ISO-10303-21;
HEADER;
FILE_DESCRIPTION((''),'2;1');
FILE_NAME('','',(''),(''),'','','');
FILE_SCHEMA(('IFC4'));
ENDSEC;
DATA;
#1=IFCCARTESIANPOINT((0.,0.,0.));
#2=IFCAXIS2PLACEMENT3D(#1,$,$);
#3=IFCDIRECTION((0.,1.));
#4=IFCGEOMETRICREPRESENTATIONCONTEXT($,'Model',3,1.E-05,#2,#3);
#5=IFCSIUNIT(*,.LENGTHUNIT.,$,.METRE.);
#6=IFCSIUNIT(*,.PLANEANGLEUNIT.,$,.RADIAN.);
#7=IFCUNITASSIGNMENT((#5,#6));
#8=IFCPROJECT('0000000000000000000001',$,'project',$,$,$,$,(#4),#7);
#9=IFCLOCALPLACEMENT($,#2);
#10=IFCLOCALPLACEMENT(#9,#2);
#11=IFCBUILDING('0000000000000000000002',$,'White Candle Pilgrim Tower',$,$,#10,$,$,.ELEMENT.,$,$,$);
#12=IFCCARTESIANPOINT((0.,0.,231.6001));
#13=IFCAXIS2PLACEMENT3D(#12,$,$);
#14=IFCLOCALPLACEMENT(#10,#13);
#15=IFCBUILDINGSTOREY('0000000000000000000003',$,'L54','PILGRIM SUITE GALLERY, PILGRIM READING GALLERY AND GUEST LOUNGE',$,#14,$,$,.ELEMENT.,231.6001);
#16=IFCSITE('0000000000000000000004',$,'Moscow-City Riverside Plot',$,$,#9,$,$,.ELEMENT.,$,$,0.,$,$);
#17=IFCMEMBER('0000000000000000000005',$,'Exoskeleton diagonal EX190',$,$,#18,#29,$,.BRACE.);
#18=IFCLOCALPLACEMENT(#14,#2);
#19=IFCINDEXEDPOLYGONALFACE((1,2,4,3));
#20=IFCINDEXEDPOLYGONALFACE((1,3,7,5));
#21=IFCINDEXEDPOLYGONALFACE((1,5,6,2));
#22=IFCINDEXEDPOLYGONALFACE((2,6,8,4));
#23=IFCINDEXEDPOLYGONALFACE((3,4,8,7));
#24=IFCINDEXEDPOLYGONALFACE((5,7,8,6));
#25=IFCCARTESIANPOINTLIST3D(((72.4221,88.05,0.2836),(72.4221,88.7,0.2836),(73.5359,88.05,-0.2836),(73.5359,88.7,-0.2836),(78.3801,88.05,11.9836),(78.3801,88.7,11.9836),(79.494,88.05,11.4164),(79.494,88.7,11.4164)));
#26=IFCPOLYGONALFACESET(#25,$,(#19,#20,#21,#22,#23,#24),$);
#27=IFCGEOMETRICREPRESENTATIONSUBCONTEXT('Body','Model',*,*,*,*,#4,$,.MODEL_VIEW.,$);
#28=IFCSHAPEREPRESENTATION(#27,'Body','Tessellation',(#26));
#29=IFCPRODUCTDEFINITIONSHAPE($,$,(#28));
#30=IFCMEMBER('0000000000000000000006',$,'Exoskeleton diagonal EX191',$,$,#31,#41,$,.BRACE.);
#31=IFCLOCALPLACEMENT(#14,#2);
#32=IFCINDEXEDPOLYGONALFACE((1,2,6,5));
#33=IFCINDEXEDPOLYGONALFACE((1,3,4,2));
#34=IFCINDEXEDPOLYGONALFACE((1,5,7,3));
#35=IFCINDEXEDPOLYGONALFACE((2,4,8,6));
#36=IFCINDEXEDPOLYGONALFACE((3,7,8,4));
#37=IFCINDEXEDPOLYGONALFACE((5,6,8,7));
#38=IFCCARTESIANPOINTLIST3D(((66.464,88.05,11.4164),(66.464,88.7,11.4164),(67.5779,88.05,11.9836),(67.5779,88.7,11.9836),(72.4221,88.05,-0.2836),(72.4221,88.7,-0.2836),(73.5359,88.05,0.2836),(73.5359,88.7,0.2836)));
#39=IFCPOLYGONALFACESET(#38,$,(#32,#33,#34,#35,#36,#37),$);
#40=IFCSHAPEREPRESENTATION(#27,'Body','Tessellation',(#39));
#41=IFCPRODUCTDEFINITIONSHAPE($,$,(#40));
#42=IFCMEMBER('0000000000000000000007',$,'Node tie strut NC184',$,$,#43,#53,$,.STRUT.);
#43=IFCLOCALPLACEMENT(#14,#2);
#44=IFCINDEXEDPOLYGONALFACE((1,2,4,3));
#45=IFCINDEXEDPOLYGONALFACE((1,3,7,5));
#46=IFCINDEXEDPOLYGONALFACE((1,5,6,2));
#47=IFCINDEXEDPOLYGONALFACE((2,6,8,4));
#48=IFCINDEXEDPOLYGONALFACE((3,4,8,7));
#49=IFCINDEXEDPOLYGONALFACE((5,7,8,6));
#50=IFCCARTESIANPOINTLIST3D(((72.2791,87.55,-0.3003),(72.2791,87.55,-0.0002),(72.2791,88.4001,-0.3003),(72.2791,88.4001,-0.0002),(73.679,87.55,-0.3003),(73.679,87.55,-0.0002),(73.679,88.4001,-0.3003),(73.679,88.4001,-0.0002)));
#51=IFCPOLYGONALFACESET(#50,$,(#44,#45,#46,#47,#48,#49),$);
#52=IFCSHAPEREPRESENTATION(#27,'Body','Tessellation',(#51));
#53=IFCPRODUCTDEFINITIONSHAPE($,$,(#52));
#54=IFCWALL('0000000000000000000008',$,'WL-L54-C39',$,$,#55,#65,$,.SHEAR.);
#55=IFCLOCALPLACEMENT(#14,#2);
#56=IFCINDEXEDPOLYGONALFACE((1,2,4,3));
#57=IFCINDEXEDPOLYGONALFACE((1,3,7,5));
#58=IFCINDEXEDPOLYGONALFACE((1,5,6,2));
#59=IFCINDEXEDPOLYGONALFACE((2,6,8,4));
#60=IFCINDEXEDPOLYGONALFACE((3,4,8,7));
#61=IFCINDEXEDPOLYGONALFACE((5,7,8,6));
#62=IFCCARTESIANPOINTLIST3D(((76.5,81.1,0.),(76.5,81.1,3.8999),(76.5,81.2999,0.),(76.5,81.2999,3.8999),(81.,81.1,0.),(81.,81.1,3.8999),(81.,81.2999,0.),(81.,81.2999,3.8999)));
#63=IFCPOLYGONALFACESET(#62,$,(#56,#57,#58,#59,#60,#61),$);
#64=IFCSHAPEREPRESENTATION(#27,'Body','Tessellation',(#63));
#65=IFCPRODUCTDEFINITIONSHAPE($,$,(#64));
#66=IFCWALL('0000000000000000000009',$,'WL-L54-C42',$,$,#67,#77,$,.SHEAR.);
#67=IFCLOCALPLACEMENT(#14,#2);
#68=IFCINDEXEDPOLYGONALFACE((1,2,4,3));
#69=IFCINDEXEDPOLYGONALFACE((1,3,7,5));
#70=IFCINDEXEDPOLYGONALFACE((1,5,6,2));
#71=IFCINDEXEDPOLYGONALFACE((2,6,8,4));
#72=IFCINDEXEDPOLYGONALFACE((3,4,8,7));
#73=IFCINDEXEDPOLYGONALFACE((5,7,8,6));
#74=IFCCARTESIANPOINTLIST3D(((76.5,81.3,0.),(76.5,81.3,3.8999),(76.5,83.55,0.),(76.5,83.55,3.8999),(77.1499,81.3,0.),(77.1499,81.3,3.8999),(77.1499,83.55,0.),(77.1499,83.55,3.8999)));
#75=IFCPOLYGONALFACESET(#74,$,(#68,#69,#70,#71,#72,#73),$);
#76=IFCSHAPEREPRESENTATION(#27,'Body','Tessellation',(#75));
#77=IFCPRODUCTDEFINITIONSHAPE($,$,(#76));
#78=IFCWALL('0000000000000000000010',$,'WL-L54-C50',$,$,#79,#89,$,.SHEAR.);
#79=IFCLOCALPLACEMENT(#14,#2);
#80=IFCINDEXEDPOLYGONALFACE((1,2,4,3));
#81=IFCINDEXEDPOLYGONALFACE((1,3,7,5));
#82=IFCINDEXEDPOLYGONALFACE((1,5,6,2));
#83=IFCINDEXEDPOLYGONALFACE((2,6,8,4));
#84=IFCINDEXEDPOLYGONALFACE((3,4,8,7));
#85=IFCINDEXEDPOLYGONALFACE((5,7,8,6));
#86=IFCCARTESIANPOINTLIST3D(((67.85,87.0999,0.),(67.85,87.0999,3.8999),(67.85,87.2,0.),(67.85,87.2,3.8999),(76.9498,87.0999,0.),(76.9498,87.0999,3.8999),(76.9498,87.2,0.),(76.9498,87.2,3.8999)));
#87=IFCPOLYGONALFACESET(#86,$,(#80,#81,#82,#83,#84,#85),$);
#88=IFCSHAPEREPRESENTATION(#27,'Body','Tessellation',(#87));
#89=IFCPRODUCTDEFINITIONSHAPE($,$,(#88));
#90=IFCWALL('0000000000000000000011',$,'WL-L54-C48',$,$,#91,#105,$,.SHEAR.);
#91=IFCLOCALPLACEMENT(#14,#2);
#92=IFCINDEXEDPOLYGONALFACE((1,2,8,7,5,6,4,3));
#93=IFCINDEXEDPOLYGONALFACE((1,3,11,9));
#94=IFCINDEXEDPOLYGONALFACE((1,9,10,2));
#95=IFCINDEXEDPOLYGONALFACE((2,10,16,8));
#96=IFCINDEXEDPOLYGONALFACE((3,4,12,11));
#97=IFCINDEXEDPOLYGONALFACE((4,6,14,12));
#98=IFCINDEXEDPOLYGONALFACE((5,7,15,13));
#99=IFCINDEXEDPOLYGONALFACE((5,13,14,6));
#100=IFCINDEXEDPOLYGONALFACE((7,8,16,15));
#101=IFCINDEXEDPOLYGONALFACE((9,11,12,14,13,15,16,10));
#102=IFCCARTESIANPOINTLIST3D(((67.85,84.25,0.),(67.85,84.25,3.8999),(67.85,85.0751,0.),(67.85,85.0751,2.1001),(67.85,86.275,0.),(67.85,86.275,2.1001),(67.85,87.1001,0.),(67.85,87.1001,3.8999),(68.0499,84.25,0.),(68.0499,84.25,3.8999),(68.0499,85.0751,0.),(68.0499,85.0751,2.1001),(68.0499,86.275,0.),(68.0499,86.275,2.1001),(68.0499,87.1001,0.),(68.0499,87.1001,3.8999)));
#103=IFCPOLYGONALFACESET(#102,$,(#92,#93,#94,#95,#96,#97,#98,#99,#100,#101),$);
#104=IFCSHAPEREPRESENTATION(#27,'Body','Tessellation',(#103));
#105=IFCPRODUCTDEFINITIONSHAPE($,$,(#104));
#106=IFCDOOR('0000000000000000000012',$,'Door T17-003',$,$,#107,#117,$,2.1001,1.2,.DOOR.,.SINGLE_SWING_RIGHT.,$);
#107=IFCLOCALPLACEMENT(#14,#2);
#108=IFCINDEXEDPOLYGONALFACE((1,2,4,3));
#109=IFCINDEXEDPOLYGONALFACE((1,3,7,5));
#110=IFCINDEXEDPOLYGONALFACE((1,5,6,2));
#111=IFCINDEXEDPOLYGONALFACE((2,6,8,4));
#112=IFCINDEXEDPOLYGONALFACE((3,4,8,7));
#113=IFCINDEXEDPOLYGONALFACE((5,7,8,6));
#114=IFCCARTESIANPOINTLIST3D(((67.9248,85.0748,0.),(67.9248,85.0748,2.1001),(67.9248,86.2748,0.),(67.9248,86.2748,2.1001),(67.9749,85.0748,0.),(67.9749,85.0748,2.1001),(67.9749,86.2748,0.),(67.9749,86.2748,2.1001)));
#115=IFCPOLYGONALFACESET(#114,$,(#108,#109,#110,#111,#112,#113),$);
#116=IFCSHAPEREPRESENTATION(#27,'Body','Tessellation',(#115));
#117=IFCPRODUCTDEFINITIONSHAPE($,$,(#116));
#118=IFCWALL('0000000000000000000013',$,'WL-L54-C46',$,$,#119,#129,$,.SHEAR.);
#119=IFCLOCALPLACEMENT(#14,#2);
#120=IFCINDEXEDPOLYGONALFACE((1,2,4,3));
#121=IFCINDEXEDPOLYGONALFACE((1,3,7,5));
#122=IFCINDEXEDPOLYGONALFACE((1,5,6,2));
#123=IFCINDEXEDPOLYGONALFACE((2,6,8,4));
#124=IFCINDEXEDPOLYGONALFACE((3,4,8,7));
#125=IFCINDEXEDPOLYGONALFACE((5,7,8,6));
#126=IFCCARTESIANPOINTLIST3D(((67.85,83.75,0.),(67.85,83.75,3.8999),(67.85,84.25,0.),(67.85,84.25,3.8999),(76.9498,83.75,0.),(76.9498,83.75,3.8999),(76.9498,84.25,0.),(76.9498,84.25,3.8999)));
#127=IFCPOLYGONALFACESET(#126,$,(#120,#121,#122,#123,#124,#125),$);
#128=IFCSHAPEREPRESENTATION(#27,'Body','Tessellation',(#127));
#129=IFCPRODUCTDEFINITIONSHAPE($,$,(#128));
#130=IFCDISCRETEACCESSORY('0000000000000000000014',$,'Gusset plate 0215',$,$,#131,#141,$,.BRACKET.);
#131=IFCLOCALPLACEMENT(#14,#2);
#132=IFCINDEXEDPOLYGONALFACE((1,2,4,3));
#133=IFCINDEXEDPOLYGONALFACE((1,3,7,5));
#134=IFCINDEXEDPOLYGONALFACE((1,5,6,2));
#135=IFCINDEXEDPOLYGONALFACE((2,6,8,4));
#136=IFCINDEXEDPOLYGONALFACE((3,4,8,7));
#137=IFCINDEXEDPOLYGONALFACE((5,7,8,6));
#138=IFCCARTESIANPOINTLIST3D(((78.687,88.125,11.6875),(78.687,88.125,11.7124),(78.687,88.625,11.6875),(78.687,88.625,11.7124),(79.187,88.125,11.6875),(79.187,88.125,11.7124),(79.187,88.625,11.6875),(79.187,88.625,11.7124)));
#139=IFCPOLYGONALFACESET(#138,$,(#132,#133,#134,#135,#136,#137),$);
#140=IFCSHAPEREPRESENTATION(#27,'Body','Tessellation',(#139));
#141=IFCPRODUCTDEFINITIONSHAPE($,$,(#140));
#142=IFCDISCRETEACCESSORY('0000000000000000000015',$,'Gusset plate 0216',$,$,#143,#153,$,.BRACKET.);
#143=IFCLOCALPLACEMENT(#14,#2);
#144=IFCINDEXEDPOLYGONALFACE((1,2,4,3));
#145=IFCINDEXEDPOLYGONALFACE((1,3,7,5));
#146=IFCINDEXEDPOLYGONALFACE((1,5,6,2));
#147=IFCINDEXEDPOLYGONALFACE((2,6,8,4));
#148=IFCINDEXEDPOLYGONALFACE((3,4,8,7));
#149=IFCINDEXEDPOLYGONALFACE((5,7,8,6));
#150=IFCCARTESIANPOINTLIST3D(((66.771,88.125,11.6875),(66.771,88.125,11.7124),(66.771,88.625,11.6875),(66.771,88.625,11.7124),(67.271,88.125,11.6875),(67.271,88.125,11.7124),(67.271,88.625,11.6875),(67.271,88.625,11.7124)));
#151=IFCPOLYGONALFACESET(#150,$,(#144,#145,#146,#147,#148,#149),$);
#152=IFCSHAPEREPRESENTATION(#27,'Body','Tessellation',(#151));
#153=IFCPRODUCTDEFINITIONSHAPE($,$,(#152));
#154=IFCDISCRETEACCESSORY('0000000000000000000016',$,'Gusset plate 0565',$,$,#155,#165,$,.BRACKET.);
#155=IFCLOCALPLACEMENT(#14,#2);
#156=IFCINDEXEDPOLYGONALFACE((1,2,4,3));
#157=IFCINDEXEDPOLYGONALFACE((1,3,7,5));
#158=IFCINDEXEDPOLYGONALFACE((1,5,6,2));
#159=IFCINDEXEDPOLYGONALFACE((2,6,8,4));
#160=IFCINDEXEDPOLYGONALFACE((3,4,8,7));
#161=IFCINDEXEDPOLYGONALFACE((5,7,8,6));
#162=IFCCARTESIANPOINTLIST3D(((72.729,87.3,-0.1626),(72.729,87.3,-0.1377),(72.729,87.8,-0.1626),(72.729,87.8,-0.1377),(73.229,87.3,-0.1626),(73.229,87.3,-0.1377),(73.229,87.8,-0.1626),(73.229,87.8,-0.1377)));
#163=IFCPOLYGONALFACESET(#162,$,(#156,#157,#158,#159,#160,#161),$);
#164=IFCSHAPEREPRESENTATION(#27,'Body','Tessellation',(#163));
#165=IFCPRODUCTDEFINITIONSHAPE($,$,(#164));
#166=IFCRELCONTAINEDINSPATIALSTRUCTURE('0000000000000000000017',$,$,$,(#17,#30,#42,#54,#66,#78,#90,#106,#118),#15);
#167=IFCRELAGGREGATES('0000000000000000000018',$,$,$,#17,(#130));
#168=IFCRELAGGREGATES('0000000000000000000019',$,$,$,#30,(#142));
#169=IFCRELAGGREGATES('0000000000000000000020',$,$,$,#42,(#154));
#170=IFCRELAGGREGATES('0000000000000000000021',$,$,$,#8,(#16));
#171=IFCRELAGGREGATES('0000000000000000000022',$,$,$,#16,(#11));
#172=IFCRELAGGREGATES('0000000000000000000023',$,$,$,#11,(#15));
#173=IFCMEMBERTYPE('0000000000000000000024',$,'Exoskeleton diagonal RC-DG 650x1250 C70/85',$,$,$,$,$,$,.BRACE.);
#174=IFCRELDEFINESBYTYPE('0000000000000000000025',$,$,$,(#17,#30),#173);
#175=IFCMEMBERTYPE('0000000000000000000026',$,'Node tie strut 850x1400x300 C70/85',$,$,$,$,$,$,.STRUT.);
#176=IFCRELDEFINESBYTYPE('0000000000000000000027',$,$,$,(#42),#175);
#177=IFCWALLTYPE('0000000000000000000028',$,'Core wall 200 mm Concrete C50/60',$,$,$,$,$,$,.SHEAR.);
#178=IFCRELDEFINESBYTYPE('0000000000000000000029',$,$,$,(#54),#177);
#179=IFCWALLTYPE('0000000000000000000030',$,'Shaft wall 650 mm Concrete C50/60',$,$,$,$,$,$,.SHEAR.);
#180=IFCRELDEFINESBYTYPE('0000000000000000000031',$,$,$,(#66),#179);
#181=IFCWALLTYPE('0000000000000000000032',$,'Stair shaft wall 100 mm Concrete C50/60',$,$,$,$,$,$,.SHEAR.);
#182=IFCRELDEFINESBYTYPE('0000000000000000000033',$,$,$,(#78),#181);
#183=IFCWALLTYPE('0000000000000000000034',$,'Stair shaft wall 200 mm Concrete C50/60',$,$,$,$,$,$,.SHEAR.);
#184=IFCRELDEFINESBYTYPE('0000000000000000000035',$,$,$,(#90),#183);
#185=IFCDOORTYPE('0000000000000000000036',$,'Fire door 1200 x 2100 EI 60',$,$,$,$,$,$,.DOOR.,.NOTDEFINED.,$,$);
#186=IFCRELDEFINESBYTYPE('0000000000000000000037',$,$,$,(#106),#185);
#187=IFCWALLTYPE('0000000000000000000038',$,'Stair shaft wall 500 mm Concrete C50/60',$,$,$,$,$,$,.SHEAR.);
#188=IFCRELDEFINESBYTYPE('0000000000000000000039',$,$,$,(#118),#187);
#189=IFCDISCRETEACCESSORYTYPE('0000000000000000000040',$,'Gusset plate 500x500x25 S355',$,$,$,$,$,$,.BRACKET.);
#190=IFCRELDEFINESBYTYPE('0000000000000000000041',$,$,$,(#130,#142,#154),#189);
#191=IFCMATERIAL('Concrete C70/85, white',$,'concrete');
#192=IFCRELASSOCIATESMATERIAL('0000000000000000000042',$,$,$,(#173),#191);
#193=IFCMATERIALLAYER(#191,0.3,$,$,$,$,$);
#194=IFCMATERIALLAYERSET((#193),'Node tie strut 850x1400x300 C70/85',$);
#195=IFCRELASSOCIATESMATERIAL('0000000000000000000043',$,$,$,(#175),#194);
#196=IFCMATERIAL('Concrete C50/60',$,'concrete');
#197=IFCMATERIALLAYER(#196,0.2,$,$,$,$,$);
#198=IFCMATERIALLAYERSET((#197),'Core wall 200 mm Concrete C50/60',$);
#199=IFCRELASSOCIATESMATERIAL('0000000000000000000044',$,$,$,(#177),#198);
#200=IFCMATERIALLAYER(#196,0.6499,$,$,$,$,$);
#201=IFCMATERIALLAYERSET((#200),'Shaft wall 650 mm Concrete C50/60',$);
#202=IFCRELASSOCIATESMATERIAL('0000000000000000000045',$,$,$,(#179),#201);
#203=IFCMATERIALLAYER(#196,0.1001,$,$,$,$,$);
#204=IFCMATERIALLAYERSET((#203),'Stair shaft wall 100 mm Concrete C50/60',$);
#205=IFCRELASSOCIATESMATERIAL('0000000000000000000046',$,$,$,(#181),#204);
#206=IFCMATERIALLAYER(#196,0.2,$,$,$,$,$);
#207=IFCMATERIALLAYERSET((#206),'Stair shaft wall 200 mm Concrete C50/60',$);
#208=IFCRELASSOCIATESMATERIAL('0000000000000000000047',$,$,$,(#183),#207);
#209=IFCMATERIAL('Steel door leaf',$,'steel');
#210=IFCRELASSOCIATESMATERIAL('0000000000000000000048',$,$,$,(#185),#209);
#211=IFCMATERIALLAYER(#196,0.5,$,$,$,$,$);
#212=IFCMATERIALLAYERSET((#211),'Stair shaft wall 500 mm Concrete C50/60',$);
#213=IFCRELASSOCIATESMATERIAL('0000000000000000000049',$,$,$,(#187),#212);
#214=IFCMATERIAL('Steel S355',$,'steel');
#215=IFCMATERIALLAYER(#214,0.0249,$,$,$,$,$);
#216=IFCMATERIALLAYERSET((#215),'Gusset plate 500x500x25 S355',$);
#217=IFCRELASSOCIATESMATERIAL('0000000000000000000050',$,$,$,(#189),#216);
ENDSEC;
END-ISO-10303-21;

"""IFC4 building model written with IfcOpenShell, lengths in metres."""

from ifc_helpers import new_model, si_unit, direction, frame, frame_2d, origin, origin_2d, place, context, subcontext, project, spatial, rectangle, extrude, material, layer, layer_set, material_profile, profile_set, type_object, element, fill, aggregate, save


model = new_model("IFC4")

# Units and contexts
model_context = context("Model", 3, precision=1e-05, world=origin(), true_north=direction((0.0, 1.0)))
body_context = subcontext(model_context, "Body", "Model", "MODEL_VIEW")
ifc_project = project(units=[si_unit("LENGTHUNIT", "METRE"), si_unit("PLANEANGLEUNIT", "RADIAN")], contexts=[model_context])

# Site, building, storey
site_placement = place(None, origin())
site = spatial("IfcSite", under=ifc_project, at=site_placement, Name="Moscow-City Riverside Plot", CompositionType="ELEMENT", RefElevation=0.0)
building_placement = place(site_placement, origin())
building = spatial("IfcBuilding", under=site, at=building_placement, Name="White Candle Pilgrim Tower", CompositionType="ELEMENT")
storey_placement = place(building_placement, frame((0.0, 0.0, 231.6001)))
storey = spatial("IfcBuildingStorey", under=building, at=storey_placement, Name="L54", Description="PILGRIM SUITE GALLERY, PILGRIM READING GALLERY AND GUEST LOUNGE", CompositionType="ELEMENT", Elevation=231.6001)

# Members
ifc_material_1 = material(Name="Concrete C70/85, white", Category="concrete")
ifc_material_profile = material_profile(ifc_material_1, rectangle(XDim=0.6499, YDim=1.25, at=origin_2d()), Name="RC-DG 650x1250")
ifc_profile_set = profile_set([ifc_material_profile], Name="Concrete C70/85, white")
member_type_1 = type_object("IfcMemberType", Name="Exoskeleton diagonal RC-DG 650x1250 C70/85", PredefinedType="BRACE", material=ifc_profile_set)
member_1_placement = place(storey_placement, frame((72.979, 88.375, 0.0), z_axis=(0.453784, 0.0, 0.891112), x_axis=(0.0, 1.0, 0.0)))
member_1 = element("IfcMember", 1, at=member_1_placement, inside=storey, type_object=member_type_1, Name="Exoskeleton diagonal EX190", PredefinedType="BRACE", context=body_context, shape_type="SweptSolid", body=[
    extrude(rectangle(XDim=0.6499, YDim=1.25, at=origin_2d()), origin(), (0.0, 0.0, 1.0), 13.1296),
])
member_2_placement = place(storey_placement, frame((72.979, 88.375, 0.0), z_axis=(-0.453784, 0.0, 0.891112), x_axis=(0.0, -1.0, 0.0)))
member_2 = element("IfcMember", 2, at=member_2_placement, inside=storey, type_object=member_type_1, Name="Exoskeleton diagonal EX191", PredefinedType="BRACE", context=body_context, shape_type="SweptSolid", body=[
    extrude(rectangle(XDim=0.6499, YDim=1.25, at=origin_2d()), origin(), (0.0, 0.0, 1.0), 13.1296),
])
ifc_layer_1 = layer(ifc_material_1, 0.3)
ifc_layer_set_1 = layer_set([ifc_layer_1], Name="Node tie strut 850x1400x300 C70/85")
member_type_2 = type_object("IfcMemberType", Name="Node tie strut 850x1400x300 C70/85", PredefinedType="STRUT", material=ifc_layer_set_1)
member_3_placement = place(storey_placement, frame((72.979, 87.9751, -0.3003), z_axis=(0.0, 0.0, 1.0), x_axis=(-1.0, 0.0, 0.0)))
member_3 = element("IfcMember", 3, at=member_3_placement, inside=storey, type_object=member_type_2, Name="Node tie strut NC184", PredefinedType="STRUT", context=body_context, shape_type="SweptSolid", body=[
    extrude(rectangle(XDim=1.3999, YDim=0.8501, at=origin_2d()), origin(), (0.0, 0.0, 1.0), 0.3),
])

# Walls
ifc_material_2 = material(Name="Concrete C50/60", Category="concrete")
ifc_layer_2 = layer(ifc_material_2, 0.2)
ifc_layer_set_2 = layer_set([ifc_layer_2], Name="Core wall 200 mm Concrete C50/60")
wall_type_1 = type_object("IfcWallType", Name="Core wall 200 mm Concrete C50/60", PredefinedType="SHEAR", material=ifc_layer_set_2)
wall_1_placement = place(storey_placement, frame((76.5, 81.2, 0.0), z_axis=(0.0, 0.0, 1.0), x_axis=(1.0, 0.0, 0.0)))
element("IfcWall", 4, at=wall_1_placement, inside=storey, type_object=wall_type_1, Name="WL-L54-C39", PredefinedType="SHEAR", context=body_context, shape_type="SweptSolid", body=[
    extrude(rectangle(XDim=4.5, YDim=0.2, at=frame_2d((2.25, 0.0))), origin(), (0.0, 0.0, 1.0), 3.8999),
])
ifc_layer_3 = layer(ifc_material_2, 0.6499)
ifc_layer_set_3 = layer_set([ifc_layer_3], Name="Shaft wall 650 mm Concrete C50/60")
wall_type_2 = type_object("IfcWallType", Name="Shaft wall 650 mm Concrete C50/60", PredefinedType="SHEAR", material=ifc_layer_set_3)
wall_2_placement = place(storey_placement, frame((76.825, 81.3, 0.0), z_axis=(0.0, 0.0, 1.0), x_axis=(0.0, 1.0, 0.0)))
element("IfcWall", 5, at=wall_2_placement, inside=storey, type_object=wall_type_2, Name="WL-L54-C42", PredefinedType="SHEAR", context=body_context, shape_type="SweptSolid", body=[
    extrude(rectangle(XDim=2.25, YDim=0.6499, at=frame_2d((1.125, 0.0))), origin(), (0.0, 0.0, 1.0), 3.8999),
])
ifc_layer_4 = layer(ifc_material_2, 0.1001)
ifc_layer_set_4 = layer_set([ifc_layer_4], Name="Stair shaft wall 100 mm Concrete C50/60")
wall_type_3 = type_object("IfcWallType", Name="Stair shaft wall 100 mm Concrete C50/60", PredefinedType="SHEAR", material=ifc_layer_set_4)
wall_3_placement = place(storey_placement, frame((67.8501, 87.1499, 0.0), z_axis=(0.0, 0.0, 1.0), x_axis=(1.0, 0.0, 0.0)))
element("IfcWall", 6, at=wall_3_placement, inside=storey, type_object=wall_type_3, Name="WL-L54-C50", PredefinedType="SHEAR", context=body_context, shape_type="SweptSolid", body=[
    extrude(rectangle(XDim=9.0999, YDim=0.1001, at=frame_2d((4.5498, 0.0))), origin(), (0.0, 0.0, 1.0), 3.8999),
])

# Wall, opening, door
ifc_layer_5 = layer(ifc_material_2, 0.2)
ifc_layer_set_5 = layer_set([ifc_layer_5], Name="Stair shaft wall 200 mm Concrete C50/60")
wall_type_4 = type_object("IfcWallType", Name="Stair shaft wall 200 mm Concrete C50/60", PredefinedType="SHEAR", material=ifc_layer_set_5)
wall_4_placement = place(storey_placement, frame((67.95, 84.25, 0.0), z_axis=(0.0, 0.0, 1.0), x_axis=(0.0, 1.0, 0.0)))
wall_4 = element("IfcWall", 7, at=wall_4_placement, inside=storey, type_object=wall_type_4, Name="WL-L54-C48", PredefinedType="SHEAR", context=body_context, shape_type="SweptSolid", body=[
    extrude(rectangle(XDim=2.8501, YDim=0.2, at=frame_2d((1.425, 0.0))), origin(), (0.0, 0.0, 1.0), 3.8999),
])
opening_placement = place(wall_4_placement, frame((0.825, 0.0, 0.0)))
opening = element("IfcOpeningElement", 8, at=opening_placement, cuts=wall_4, PredefinedType="OPENING", context=body_context, shape_type="SweptSolid", body=[
    extrude(rectangle(XDim=1.2, YDim=2.1001, at=frame_2d((0.6001, 1.05))), frame((0.0, 0.1099, 0.0), z_axis=(0.0, -1.0, 0.0), x_axis=(1.0, 0.0, 0.0)), (0.0, 0.0, 1.0), 0.22),
])
ifc_material_3 = material(Name="Steel door leaf", Category="steel")
door_type = type_object("IfcDoorType", Name="Fire door 1200 x 2100 EI 60", OperationType="NOTDEFINED", PredefinedType="DOOR", material=ifc_material_3)
door_placement = place(opening_placement, frame((1.2, 0.0, 0.0), z_axis=(0.0, 0.0, 1.0), x_axis=(-1.0, 0.0, 0.0)))
door = element("IfcDoor", 9, at=door_placement, inside=storey, type_object=door_type, Name="Door T17-003", OperationType="SINGLE_SWING_RIGHT", OverallHeight=2.1001, OverallWidth=1.2, PredefinedType="DOOR", context=body_context, shape_type="SweptSolid", body=[
    extrude(rectangle(XDim=1.2, YDim=2.1001, at=frame_2d((0.6001, 1.05))), frame((0.0, 0.0249, 0.0), z_axis=(0.0, -1.0, 0.0), x_axis=(1.0, 0.0, 0.0)), (0.0, 0.0, 1.0), 0.05),
])
fill(opening, door)

# Wall
ifc_layer_6 = layer(ifc_material_2, 0.5)
ifc_layer_set_6 = layer_set([ifc_layer_6], Name="Stair shaft wall 500 mm Concrete C50/60")
wall_type_5 = type_object("IfcWallType", Name="Stair shaft wall 500 mm Concrete C50/60", PredefinedType="SHEAR", material=ifc_layer_set_6)
wall_5_placement = place(storey_placement, frame((67.8501, 84.0, 0.0), z_axis=(0.0, 0.0, 1.0), x_axis=(1.0, 0.0, 0.0)))
element("IfcWall", 10, at=wall_5_placement, inside=storey, type_object=wall_type_5, Name="WL-L54-C46", PredefinedType="SHEAR", context=body_context, shape_type="SweptSolid", body=[
    extrude(rectangle(XDim=9.0999, YDim=0.5, at=frame_2d((4.5498, 0.0))), origin(), (0.0, 0.0, 1.0), 3.8999),
])

# Discrete accessories
ifc_material_4 = material(Name="Steel S355", Category="steel")
ifc_layer_7 = layer(ifc_material_4, 0.0249)
ifc_layer_set_7 = layer_set([ifc_layer_7], Name="Gusset plate 500x500x25 S355")
discrete_accessory_type = type_object("IfcDiscreteAccessoryType", Name="Gusset plate 500x500x25 S355", PredefinedType="BRACKET", material=ifc_layer_set_7)
placement = place(building_placement, frame((0.0, 0.0, 243.3)))
discrete_accessory_1_placement = place(placement, frame((78.937, 88.375, -0.0125), z_axis=(0.0, 0.0, 1.0), x_axis=(1.0, 0.0, 0.0)))
discrete_accessory_1 = element("IfcDiscreteAccessory", 11, at=discrete_accessory_1_placement, type_object=discrete_accessory_type, Name="Gusset plate 0215", PredefinedType="BRACKET", context=body_context, shape_type="SweptSolid", body=[
    extrude(rectangle(XDim=0.5, YDim=0.5, at=origin_2d()), origin(), (0.0, 0.0, 1.0), 0.0249),
])
aggregate(member_1, [discrete_accessory_1])
discrete_accessory_2_placement = place(placement, frame((67.021, 88.375, -0.0125), z_axis=(0.0, 0.0, 1.0), x_axis=(1.0, 0.0, 0.0)))
discrete_accessory_2 = element("IfcDiscreteAccessory", 12, at=discrete_accessory_2_placement, type_object=discrete_accessory_type, Name="Gusset plate 0216", PredefinedType="BRACKET", context=body_context, shape_type="SweptSolid", body=[
    extrude(rectangle(XDim=0.5, YDim=0.5, at=origin_2d()), origin(), (0.0, 0.0, 1.0), 0.0249),
])
aggregate(member_2, [discrete_accessory_2])
discrete_accessory_3_placement = place(storey_placement, frame((72.979, 87.55, -0.1626), z_axis=(0.0, 0.0, 1.0), x_axis=(1.0, 0.0, 0.0)))
discrete_accessory_3 = element("IfcDiscreteAccessory", 13, at=discrete_accessory_3_placement, type_object=discrete_accessory_type, Name="Gusset plate 0565", PredefinedType="BRACKET", context=body_context, shape_type="SweptSolid", body=[
    extrude(rectangle(XDim=0.5, YDim=0.5, at=origin_2d()), origin(), (0.0, 0.0, 1.0), 0.0249),
])
aggregate(member_3, [discrete_accessory_3])

save(model, "model.ifc")
